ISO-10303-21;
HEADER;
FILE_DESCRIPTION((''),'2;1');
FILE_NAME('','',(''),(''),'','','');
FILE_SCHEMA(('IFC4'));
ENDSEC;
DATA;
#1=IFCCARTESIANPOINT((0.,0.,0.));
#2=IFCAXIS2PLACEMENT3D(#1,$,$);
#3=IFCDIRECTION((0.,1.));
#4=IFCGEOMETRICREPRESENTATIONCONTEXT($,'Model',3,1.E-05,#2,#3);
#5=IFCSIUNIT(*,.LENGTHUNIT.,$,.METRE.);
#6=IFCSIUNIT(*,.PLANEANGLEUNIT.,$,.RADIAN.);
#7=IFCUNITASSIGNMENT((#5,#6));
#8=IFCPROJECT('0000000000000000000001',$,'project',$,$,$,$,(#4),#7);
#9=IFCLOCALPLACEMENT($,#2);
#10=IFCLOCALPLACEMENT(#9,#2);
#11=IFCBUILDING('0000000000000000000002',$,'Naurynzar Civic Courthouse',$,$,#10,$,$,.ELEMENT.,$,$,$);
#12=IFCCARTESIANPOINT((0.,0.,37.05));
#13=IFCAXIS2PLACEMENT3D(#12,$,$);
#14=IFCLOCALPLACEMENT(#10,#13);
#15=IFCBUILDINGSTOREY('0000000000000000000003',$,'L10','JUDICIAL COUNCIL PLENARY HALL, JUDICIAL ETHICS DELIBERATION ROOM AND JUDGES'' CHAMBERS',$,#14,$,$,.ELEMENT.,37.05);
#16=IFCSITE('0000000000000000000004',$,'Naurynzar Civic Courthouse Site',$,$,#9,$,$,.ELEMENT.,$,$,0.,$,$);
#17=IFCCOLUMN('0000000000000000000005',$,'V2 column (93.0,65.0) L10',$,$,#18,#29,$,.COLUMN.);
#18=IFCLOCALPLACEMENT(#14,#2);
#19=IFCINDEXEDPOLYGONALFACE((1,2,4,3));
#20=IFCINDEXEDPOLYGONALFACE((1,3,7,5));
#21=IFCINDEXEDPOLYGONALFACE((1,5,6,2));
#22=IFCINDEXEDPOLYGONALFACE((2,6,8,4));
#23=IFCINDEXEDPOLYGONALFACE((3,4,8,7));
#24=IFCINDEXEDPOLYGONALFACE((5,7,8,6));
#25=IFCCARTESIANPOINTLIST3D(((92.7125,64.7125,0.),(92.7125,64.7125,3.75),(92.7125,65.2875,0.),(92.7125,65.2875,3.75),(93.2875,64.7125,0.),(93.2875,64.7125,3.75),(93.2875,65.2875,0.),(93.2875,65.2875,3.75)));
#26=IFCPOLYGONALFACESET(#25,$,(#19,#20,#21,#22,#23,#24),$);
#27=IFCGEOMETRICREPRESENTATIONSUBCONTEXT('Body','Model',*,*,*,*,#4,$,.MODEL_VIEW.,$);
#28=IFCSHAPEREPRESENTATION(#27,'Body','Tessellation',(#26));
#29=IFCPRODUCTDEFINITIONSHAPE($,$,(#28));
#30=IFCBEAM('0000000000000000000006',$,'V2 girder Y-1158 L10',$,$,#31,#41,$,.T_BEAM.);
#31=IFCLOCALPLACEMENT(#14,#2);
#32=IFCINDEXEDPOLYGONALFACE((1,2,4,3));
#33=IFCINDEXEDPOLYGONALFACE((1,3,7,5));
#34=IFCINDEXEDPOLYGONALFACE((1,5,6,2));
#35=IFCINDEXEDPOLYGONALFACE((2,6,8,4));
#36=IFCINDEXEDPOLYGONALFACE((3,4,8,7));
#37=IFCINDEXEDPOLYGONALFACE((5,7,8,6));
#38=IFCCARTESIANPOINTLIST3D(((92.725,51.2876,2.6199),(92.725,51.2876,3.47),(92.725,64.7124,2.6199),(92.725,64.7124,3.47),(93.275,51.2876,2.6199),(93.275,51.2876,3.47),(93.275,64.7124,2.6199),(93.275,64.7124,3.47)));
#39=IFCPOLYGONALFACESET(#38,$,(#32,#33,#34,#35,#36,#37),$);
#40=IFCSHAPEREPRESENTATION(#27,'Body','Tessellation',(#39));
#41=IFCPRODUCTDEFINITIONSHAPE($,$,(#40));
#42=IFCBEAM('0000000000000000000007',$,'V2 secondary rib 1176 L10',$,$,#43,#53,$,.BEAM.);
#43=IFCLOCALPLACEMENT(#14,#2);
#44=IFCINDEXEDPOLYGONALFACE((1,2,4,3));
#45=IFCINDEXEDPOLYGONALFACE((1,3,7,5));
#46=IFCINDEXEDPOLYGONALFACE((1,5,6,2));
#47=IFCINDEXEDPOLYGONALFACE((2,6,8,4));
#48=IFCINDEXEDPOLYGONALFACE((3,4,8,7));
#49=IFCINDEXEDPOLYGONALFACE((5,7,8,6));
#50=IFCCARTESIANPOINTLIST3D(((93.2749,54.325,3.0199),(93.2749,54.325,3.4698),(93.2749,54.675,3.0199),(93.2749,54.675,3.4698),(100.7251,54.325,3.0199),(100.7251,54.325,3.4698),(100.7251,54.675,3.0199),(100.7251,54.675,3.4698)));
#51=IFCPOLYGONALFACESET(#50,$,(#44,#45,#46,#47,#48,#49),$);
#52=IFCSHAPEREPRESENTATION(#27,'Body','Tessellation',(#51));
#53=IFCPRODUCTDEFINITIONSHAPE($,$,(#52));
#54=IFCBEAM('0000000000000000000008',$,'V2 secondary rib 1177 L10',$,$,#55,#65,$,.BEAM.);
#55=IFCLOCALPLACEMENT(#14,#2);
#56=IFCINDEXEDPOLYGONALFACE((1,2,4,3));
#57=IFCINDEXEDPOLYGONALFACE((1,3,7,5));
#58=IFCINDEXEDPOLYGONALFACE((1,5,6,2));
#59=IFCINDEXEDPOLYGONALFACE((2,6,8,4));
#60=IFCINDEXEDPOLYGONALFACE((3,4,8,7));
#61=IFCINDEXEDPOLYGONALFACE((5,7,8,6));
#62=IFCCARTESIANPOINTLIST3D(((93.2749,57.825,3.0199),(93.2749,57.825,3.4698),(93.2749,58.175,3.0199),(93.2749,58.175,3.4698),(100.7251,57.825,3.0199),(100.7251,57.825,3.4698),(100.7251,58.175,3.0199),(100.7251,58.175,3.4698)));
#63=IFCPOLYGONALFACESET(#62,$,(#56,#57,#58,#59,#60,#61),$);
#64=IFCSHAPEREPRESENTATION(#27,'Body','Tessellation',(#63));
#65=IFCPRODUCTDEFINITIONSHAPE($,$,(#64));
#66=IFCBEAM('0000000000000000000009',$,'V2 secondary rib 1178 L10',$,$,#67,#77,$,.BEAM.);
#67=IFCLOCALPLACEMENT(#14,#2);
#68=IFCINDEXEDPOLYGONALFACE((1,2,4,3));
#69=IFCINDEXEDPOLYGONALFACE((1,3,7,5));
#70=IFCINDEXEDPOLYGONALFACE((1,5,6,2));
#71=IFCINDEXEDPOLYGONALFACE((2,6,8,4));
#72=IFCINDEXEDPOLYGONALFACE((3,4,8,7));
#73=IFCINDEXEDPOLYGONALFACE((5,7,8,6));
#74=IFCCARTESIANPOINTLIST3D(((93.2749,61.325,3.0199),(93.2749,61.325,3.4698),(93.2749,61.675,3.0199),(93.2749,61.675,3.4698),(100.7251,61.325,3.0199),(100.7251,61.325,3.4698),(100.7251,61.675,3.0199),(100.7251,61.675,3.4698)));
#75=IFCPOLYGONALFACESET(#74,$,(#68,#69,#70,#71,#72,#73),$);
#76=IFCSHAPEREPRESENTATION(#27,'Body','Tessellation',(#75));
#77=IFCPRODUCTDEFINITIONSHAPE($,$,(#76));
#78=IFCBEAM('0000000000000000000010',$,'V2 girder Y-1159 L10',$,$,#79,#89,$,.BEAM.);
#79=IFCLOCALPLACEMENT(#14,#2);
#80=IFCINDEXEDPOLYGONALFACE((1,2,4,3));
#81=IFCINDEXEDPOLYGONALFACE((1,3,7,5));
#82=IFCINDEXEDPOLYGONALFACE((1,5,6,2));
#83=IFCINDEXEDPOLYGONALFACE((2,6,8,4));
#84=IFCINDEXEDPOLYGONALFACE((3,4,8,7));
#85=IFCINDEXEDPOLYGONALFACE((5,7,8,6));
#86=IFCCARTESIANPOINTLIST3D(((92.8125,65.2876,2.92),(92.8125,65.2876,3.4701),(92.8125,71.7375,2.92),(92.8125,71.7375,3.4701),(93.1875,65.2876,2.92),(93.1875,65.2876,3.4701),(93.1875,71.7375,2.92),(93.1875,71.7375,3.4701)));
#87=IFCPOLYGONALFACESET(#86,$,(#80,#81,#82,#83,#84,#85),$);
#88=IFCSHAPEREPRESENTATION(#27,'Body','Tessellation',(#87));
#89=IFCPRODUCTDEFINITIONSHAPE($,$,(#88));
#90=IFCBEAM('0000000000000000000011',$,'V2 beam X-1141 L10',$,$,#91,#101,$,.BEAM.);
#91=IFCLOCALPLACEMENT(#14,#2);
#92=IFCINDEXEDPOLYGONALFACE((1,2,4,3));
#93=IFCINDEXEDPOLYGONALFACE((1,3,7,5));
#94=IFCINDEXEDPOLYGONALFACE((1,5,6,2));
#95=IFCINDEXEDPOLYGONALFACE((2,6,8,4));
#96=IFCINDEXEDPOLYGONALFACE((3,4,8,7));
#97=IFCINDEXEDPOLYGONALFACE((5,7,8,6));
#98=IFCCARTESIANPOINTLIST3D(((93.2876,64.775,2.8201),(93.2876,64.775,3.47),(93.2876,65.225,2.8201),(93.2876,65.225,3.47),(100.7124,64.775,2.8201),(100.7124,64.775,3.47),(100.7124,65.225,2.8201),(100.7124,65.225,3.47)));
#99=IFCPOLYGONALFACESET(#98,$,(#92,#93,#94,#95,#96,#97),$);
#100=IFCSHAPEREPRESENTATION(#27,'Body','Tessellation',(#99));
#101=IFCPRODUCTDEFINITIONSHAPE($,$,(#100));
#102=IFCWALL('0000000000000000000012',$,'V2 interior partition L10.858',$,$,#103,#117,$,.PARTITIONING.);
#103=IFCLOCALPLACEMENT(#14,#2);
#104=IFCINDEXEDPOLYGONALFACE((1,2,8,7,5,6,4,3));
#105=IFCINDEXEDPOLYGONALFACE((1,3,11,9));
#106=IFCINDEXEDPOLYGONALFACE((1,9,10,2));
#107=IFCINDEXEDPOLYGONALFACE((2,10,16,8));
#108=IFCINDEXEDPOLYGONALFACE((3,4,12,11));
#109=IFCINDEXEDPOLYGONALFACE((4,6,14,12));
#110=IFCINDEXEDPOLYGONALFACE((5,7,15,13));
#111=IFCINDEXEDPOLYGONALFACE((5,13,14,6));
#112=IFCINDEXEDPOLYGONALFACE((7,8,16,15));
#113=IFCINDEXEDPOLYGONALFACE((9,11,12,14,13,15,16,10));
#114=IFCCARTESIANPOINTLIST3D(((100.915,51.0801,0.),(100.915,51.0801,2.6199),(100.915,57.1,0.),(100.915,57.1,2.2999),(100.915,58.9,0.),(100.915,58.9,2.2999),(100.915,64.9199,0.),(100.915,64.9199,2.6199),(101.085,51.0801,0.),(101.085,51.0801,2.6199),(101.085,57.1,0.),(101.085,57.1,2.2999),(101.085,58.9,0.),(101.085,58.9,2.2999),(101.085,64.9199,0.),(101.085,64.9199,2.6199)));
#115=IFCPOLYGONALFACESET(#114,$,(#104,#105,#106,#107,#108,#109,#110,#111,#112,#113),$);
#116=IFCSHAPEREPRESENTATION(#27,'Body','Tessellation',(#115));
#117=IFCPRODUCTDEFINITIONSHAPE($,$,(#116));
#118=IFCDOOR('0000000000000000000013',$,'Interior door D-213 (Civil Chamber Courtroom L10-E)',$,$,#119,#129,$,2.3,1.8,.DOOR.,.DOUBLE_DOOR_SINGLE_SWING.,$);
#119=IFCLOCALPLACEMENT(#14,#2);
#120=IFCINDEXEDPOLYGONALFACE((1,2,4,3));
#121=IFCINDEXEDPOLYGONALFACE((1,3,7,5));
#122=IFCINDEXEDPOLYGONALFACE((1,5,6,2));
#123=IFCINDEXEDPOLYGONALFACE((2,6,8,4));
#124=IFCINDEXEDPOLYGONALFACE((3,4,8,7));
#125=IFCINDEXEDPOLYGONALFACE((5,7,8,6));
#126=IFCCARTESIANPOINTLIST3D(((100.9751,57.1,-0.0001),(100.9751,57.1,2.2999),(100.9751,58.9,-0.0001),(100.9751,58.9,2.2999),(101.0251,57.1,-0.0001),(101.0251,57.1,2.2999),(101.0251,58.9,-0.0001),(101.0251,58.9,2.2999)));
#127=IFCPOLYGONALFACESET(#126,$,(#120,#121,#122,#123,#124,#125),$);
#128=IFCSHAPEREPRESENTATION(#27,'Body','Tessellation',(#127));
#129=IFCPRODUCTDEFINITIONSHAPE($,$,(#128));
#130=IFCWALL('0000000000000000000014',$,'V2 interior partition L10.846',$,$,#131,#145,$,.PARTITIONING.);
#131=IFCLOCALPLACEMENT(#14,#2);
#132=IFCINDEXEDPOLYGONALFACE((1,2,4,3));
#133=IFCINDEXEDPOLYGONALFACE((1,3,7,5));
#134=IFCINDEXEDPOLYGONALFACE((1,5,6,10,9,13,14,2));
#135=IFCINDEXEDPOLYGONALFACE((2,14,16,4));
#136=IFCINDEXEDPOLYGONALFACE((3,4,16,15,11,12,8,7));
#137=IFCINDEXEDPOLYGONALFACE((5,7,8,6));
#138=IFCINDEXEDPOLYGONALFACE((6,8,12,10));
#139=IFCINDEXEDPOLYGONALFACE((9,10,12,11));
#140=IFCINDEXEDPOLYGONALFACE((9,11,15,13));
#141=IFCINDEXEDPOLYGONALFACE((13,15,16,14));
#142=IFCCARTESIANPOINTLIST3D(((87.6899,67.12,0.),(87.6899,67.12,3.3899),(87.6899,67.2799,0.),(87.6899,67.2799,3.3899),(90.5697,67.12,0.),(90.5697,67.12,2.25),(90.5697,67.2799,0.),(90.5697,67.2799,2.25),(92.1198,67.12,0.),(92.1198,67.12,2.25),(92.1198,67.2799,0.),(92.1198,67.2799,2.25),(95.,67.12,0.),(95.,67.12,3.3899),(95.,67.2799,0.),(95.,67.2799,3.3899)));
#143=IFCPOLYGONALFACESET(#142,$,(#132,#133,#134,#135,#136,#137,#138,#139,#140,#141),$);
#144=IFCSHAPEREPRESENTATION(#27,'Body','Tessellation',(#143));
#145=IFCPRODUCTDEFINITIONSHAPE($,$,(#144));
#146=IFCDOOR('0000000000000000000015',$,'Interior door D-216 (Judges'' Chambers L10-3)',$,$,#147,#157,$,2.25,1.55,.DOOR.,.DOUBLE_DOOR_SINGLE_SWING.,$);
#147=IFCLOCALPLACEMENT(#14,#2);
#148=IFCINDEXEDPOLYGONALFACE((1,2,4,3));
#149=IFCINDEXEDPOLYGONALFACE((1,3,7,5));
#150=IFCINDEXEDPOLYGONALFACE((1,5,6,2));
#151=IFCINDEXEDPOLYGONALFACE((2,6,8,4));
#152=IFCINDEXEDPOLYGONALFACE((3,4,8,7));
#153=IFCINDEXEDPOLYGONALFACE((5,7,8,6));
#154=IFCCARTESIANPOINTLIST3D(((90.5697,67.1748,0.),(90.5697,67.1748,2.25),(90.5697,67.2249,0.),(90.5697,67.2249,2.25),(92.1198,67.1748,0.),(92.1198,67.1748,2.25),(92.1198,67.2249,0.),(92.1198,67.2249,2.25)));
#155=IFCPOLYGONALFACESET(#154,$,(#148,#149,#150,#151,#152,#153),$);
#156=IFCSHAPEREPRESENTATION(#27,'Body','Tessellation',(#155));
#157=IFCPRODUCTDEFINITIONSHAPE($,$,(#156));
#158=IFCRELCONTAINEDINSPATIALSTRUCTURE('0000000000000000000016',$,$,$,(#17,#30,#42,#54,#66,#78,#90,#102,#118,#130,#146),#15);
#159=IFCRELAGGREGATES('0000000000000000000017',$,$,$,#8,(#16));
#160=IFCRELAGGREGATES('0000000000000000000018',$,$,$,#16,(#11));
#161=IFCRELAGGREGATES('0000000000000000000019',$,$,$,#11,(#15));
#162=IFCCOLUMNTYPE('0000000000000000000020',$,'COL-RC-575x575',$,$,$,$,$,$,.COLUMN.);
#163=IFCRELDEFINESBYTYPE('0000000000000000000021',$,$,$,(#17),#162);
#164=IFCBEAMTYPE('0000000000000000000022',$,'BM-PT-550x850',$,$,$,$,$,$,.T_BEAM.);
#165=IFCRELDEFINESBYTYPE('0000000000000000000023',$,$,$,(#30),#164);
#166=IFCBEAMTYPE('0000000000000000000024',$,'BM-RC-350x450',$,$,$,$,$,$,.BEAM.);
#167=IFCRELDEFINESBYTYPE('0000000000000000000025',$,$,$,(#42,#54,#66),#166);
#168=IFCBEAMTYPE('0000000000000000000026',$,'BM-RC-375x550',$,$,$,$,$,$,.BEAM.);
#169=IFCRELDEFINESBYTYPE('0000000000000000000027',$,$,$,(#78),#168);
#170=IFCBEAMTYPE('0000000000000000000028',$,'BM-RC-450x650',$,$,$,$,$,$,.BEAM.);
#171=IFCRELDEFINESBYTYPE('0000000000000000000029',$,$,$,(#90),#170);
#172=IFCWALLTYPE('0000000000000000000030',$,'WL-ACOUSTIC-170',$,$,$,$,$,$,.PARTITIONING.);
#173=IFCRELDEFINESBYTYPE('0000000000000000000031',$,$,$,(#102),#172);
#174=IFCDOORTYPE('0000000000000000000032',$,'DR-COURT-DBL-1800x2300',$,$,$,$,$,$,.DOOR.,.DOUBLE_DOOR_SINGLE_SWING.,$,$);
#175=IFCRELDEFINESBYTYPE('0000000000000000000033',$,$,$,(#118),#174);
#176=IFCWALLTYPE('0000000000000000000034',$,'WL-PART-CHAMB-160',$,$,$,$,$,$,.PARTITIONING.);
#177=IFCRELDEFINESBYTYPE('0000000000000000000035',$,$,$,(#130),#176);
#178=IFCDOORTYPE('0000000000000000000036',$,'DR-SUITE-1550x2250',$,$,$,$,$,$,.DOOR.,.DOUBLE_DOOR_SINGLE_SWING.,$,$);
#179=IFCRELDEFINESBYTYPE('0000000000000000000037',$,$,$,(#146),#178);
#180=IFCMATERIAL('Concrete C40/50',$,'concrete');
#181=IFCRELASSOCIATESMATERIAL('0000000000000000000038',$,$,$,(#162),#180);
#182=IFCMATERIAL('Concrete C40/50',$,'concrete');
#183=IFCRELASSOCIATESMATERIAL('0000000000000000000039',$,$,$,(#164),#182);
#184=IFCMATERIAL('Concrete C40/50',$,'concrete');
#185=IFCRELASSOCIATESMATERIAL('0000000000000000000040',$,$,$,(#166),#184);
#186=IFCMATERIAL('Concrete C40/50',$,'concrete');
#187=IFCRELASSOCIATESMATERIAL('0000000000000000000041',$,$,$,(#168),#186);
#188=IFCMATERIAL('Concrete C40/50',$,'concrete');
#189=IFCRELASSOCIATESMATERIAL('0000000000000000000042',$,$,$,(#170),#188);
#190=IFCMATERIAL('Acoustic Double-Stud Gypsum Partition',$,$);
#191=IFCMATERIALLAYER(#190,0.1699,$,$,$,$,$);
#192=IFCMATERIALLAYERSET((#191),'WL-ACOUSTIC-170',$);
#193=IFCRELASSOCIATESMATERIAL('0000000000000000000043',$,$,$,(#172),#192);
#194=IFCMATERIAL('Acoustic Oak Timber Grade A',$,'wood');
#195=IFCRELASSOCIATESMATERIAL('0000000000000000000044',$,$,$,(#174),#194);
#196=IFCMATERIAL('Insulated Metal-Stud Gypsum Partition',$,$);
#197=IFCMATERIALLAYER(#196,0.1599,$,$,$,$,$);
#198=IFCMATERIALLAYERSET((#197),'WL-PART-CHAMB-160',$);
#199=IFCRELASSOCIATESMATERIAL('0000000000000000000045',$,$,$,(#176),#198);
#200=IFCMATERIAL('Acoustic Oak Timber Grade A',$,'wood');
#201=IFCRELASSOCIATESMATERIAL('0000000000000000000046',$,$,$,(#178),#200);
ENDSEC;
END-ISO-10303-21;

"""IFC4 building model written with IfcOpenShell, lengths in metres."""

from ifc_helpers import new_model, si_unit, direction, frame, frame_2d, origin, origin_2d, place, context, subcontext, project, spatial, rectangle, extrude, material, layer, layer_set, material_profile, profile_set, type_object, element, fill, save


model = new_model("IFC4")

# Units and contexts
model_context = context("Model", 3, precision=1e-05, world=origin(), true_north=direction((0.0, 1.0)))
body_context = subcontext(model_context, "Body", "Model", "MODEL_VIEW")
ifc_project = project(units=[si_unit("LENGTHUNIT", "METRE"), si_unit("PLANEANGLEUNIT", "RADIAN")], contexts=[model_context])

# Site, building, storey
site_placement = place(None, origin())
site = spatial("IfcSite", under=ifc_project, at=site_placement, Name="Naurynzar Civic Courthouse Site", CompositionType="ELEMENT", RefElevation=0.0)
building_placement = place(site_placement, origin())
building = spatial("IfcBuilding", under=site, at=building_placement, Name="Naurynzar Civic Courthouse", CompositionType="ELEMENT")
storey_placement = place(building_placement, frame((0.0, 0.0, 37.05)))
storey = spatial("IfcBuildingStorey", under=building, at=storey_placement, Name="L10", Description="JUDICIAL COUNCIL PLENARY HALL, JUDICIAL ETHICS DELIBERATION ROOM AND JUDGES' CHAMBERS", CompositionType="ELEMENT", Elevation=37.05)

# Column
ifc_material_1 = material(Name="Concrete C40/50", Category="concrete")
ifc_material_profile_1 = material_profile(ifc_material_1, rectangle(XDim=0.575, YDim=0.575, at=origin_2d()), Name="RC 575x575")
ifc_profile_set_1 = profile_set([ifc_material_profile_1], Name="Concrete C40/50")
column_type = type_object("IfcColumnType", Name="COL-RC-575x575", PredefinedType="COLUMN", material=ifc_profile_set_1)
column_placement = place(storey_placement, frame((93.0, 65.0, 0.0), z_axis=(0.0, 0.0, 1.0), x_axis=(1.0, 0.0, 0.0)))
element("IfcColumn", 1, at=column_placement, inside=storey, type_object=column_type, Name="V2 column (93.0,65.0) L10", PredefinedType="COLUMN", context=body_context, shape_type="SweptSolid", body=[
    extrude(rectangle(XDim=0.575, YDim=0.575, at=origin_2d()), origin(), (0.0, 0.0, 1.0), 3.75),
])

# Beams
ifc_material_2 = material(Name="Concrete C40/50", Category="concrete")
ifc_material_profile_2 = material_profile(ifc_material_2, rectangle(XDim=0.55, YDim=0.8501, at=origin_2d()), Name="PTB 550x850")
ifc_profile_set_2 = profile_set([ifc_material_profile_2], Name="Concrete C40/50")
beam_type_1 = type_object("IfcBeamType", Name="BM-PT-550x850", PredefinedType="T_BEAM", material=ifc_profile_set_2)
beam_1_placement = place(storey_placement, frame((93.0, 51.2876, 3.0449), z_axis=(0.0, 1.0, 0.0), x_axis=(-1.0, 0.0, 0.0)))
element("IfcBeam", 2, at=beam_1_placement, inside=storey, type_object=beam_type_1, Name="V2 girder Y-1158 L10", PredefinedType="T_BEAM", context=body_context, shape_type="SweptSolid", body=[
    extrude(rectangle(XDim=0.55, YDim=0.8501, at=origin_2d()), origin(), (0.0, 0.0, 1.0), 13.4248),
])
ifc_material_3 = material(Name="Concrete C40/50", Category="concrete")
ifc_material_profile_3 = material_profile(ifc_material_3, rectangle(XDim=0.3501, YDim=0.45, at=origin_2d()), Name="RCB 350x450")
ifc_profile_set_3 = profile_set([ifc_material_profile_3], Name="Concrete C40/50")
beam_type_2 = type_object("IfcBeamType", Name="BM-RC-350x450", PredefinedType="BEAM", material=ifc_profile_set_3)
for number, where, z_axis, x_axis, name in (
    (3, (93.2749, 54.5, 3.2449), (1.0, 0.0, 0.0), (0.0, 1.0, 0.0), "V2 secondary rib 1176 L10"),
    (4, (93.2749, 58.0, 3.2449), (1.0, 0.0, 0.0), (0.0, 1.0, 0.0), "V2 secondary rib 1177 L10"),
    (5, (93.2749, 61.5, 3.2449), (1.0, 0.0, 0.0), (0.0, 1.0, 0.0), "V2 secondary rib 1178 L10"),
):
    element("IfcBeam", number, at=place(storey_placement, frame(where, z_axis=z_axis, x_axis=x_axis)), inside=storey, type_object=beam_type_2, Name=name, PredefinedType="BEAM", context=body_context, shape_type="SweptSolid", body=[
        extrude(rectangle(XDim=0.3501, YDim=0.45, at=origin_2d()), origin(), (0.0, 0.0, 1.0), 7.4502),
    ])
ifc_material_4 = material(Name="Concrete C40/50", Category="concrete")
ifc_material_profile_4 = material_profile(ifc_material_4, rectangle(XDim=0.375, YDim=0.55, at=origin_2d()), Name="RCB 375x550")
ifc_profile_set_4 = profile_set([ifc_material_profile_4], Name="Concrete C40/50")
beam_type_3 = type_object("IfcBeamType", Name="BM-RC-375x550", PredefinedType="BEAM", material=ifc_profile_set_4)
beam_2_placement = place(storey_placement, frame((93.0, 65.2876, 3.1951), z_axis=(0.0, 1.0, 0.0), x_axis=(-1.0, 0.0, 0.0)))
element("IfcBeam", 6, at=beam_2_placement, inside=storey, type_object=beam_type_3, Name="V2 girder Y-1159 L10", PredefinedType="BEAM", context=body_context, shape_type="SweptSolid", body=[
    extrude(rectangle(XDim=0.375, YDim=0.55, at=origin_2d()), origin(), (0.0, 0.0, 1.0), 6.45),
])
ifc_material_5 = material(Name="Concrete C40/50", Category="concrete")
ifc_material_profile_5 = material_profile(ifc_material_5, rectangle(XDim=0.45, YDim=0.6499, at=origin_2d()), Name="RCB 450x650")
ifc_profile_set_5 = profile_set([ifc_material_profile_5], Name="Concrete C40/50")
beam_type_4 = type_object("IfcBeamType", Name="BM-RC-450x650", PredefinedType="BEAM", material=ifc_profile_set_5)
beam_3_placement = place(storey_placement, frame((93.2876, 65.0, 3.145), z_axis=(1.0, 0.0, 0.0), x_axis=(0.0, 1.0, 0.0)))
element("IfcBeam", 7, at=beam_3_placement, inside=storey, type_object=beam_type_4, Name="V2 beam X-1141 L10", PredefinedType="BEAM", context=body_context, shape_type="SweptSolid", body=[
    extrude(rectangle(XDim=0.45, YDim=0.6499, at=origin_2d()), origin(), (0.0, 0.0, 1.0), 7.4248),
])

# Walls, openings, doors
ifc_material_6 = material(Name="Acoustic Double-Stud Gypsum Partition")
ifc_layer_1 = layer(ifc_material_6, 0.1699)
ifc_layer_set_1 = layer_set([ifc_layer_1], Name="WL-ACOUSTIC-170")
wall_type_1 = type_object("IfcWallType", Name="WL-ACOUSTIC-170", PredefinedType="PARTITIONING", material=ifc_layer_set_1)
wall_1_placement = place(storey_placement, frame((101.0, 51.0801, 0.0), z_axis=(0.0, 0.0, 1.0), x_axis=(0.0, 1.0, 0.0)))
wall_1 = element("IfcWall", 8, at=wall_1_placement, inside=storey, type_object=wall_type_1, Name="V2 interior partition L10.858", PredefinedType="PARTITIONING", context=body_context, shape_type="SweptSolid", body=[
    extrude(rectangle(XDim=13.8398, YDim=0.1699, at=frame_2d((6.9199, 0.0))), origin(), (0.0, 0.0, 1.0), 2.6199),
])
opening_1_placement = place(wall_1_placement, frame((6.02, 0.0, 0.0)))
opening_1 = element("IfcOpeningElement", 9, at=opening_1_placement, cuts=wall_1, PredefinedType="OPENING", context=body_context, shape_type="SweptSolid", body=[
    extrude(rectangle(XDim=1.8, YDim=2.3, at=frame_2d((0.8999, 1.1499))), frame((0.0, 0.095, 0.0), z_axis=(0.0, -1.0, 0.0), x_axis=(1.0, 0.0, 0.0)), (0.0, 0.0, 1.0), 0.1899),
])
ifc_material_7 = material(Name="Acoustic Oak Timber Grade A", Category="wood")
door_type_1 = type_object("IfcDoorType", Name="DR-COURT-DBL-1800x2300", OperationType="DOUBLE_DOOR_SINGLE_SWING", PredefinedType="DOOR", material=ifc_material_7)
door_1_placement = place(opening_1_placement, origin())
door_1 = element("IfcDoor", 10, at=door_1_placement, inside=storey, type_object=door_type_1, Name="Interior door D-213 (Civil Chamber Courtroom L10-E)", OperationType="DOUBLE_DOOR_SINGLE_SWING", OverallHeight=2.3, OverallWidth=1.8, PredefinedType="DOOR", context=body_context, shape_type="SweptSolid", body=[
    extrude(rectangle(XDim=1.8, YDim=2.3, at=frame_2d((0.8999, 1.1499))), frame((0.0, 0.0249, 0.0), z_axis=(0.0, -1.0, 0.0), x_axis=(1.0, 0.0, 0.0)), (0.0, 0.0, 1.0), 0.05),
])
fill(opening_1, door_1)
ifc_material_8 = material(Name="Insulated Metal-Stud Gypsum Partition")
ifc_layer_2 = layer(ifc_material_8, 0.1599)
ifc_layer_set_2 = layer_set([ifc_layer_2], Name="WL-PART-CHAMB-160")
wall_type_2 = type_object("IfcWallType", Name="WL-PART-CHAMB-160", PredefinedType="PARTITIONING", material=ifc_layer_set_2)
wall_2_placement = place(storey_placement, frame((87.6899, 67.2, 0.0), z_axis=(0.0, 0.0, 1.0), x_axis=(1.0, 0.0, 0.0)))
wall_2 = element("IfcWall", 11, at=wall_2_placement, inside=storey, type_object=wall_type_2, Name="V2 interior partition L10.846", PredefinedType="PARTITIONING", context=body_context, shape_type="SweptSolid", body=[
    extrude(rectangle(XDim=7.3101, YDim=0.1599, at=frame_2d((3.655, 0.0))), origin(), (0.0, 0.0, 1.0), 3.3899),
])
opening_2_placement = place(wall_2_placement, frame((2.8799, 0.0, 0.0)))
opening_2 = element("IfcOpeningElement", 12, at=opening_2_placement, cuts=wall_2, PredefinedType="OPENING", context=body_context, shape_type="SweptSolid", body=[
    extrude(rectangle(XDim=1.55, YDim=2.25, at=frame_2d((0.7749, 1.125))), frame((0.0, 0.0898, 0.0), z_axis=(0.0, -1.0, 0.0), x_axis=(1.0, 0.0, 0.0)), (0.0, 0.0, 1.0), 0.1799),
])
ifc_material_9 = material(Name="Acoustic Oak Timber Grade A", Category="wood")
door_type_2 = type_object("IfcDoorType", Name="DR-SUITE-1550x2250", OperationType="DOUBLE_DOOR_SINGLE_SWING", PredefinedType="DOOR", material=ifc_material_9)
door_2_placement = place(opening_2_placement, origin())
door_2 = element("IfcDoor", 13, at=door_2_placement, inside=storey, type_object=door_type_2, Name="Interior door D-216 (Judges' Chambers L10-3)", OperationType="DOUBLE_DOOR_SINGLE_SWING", OverallHeight=2.25, OverallWidth=1.55, PredefinedType="DOOR", context=body_context, shape_type="SweptSolid", body=[
    extrude(rectangle(XDim=1.55, YDim=2.25, at=frame_2d((0.7749, 1.125))), frame((0.0, 0.0249, 0.0), z_axis=(0.0, -1.0, 0.0), x_axis=(1.0, 0.0, 0.0)), (0.0, 0.0, 1.0), 0.05),
])
fill(opening_2, door_2)

save(model, "model.ifc")
